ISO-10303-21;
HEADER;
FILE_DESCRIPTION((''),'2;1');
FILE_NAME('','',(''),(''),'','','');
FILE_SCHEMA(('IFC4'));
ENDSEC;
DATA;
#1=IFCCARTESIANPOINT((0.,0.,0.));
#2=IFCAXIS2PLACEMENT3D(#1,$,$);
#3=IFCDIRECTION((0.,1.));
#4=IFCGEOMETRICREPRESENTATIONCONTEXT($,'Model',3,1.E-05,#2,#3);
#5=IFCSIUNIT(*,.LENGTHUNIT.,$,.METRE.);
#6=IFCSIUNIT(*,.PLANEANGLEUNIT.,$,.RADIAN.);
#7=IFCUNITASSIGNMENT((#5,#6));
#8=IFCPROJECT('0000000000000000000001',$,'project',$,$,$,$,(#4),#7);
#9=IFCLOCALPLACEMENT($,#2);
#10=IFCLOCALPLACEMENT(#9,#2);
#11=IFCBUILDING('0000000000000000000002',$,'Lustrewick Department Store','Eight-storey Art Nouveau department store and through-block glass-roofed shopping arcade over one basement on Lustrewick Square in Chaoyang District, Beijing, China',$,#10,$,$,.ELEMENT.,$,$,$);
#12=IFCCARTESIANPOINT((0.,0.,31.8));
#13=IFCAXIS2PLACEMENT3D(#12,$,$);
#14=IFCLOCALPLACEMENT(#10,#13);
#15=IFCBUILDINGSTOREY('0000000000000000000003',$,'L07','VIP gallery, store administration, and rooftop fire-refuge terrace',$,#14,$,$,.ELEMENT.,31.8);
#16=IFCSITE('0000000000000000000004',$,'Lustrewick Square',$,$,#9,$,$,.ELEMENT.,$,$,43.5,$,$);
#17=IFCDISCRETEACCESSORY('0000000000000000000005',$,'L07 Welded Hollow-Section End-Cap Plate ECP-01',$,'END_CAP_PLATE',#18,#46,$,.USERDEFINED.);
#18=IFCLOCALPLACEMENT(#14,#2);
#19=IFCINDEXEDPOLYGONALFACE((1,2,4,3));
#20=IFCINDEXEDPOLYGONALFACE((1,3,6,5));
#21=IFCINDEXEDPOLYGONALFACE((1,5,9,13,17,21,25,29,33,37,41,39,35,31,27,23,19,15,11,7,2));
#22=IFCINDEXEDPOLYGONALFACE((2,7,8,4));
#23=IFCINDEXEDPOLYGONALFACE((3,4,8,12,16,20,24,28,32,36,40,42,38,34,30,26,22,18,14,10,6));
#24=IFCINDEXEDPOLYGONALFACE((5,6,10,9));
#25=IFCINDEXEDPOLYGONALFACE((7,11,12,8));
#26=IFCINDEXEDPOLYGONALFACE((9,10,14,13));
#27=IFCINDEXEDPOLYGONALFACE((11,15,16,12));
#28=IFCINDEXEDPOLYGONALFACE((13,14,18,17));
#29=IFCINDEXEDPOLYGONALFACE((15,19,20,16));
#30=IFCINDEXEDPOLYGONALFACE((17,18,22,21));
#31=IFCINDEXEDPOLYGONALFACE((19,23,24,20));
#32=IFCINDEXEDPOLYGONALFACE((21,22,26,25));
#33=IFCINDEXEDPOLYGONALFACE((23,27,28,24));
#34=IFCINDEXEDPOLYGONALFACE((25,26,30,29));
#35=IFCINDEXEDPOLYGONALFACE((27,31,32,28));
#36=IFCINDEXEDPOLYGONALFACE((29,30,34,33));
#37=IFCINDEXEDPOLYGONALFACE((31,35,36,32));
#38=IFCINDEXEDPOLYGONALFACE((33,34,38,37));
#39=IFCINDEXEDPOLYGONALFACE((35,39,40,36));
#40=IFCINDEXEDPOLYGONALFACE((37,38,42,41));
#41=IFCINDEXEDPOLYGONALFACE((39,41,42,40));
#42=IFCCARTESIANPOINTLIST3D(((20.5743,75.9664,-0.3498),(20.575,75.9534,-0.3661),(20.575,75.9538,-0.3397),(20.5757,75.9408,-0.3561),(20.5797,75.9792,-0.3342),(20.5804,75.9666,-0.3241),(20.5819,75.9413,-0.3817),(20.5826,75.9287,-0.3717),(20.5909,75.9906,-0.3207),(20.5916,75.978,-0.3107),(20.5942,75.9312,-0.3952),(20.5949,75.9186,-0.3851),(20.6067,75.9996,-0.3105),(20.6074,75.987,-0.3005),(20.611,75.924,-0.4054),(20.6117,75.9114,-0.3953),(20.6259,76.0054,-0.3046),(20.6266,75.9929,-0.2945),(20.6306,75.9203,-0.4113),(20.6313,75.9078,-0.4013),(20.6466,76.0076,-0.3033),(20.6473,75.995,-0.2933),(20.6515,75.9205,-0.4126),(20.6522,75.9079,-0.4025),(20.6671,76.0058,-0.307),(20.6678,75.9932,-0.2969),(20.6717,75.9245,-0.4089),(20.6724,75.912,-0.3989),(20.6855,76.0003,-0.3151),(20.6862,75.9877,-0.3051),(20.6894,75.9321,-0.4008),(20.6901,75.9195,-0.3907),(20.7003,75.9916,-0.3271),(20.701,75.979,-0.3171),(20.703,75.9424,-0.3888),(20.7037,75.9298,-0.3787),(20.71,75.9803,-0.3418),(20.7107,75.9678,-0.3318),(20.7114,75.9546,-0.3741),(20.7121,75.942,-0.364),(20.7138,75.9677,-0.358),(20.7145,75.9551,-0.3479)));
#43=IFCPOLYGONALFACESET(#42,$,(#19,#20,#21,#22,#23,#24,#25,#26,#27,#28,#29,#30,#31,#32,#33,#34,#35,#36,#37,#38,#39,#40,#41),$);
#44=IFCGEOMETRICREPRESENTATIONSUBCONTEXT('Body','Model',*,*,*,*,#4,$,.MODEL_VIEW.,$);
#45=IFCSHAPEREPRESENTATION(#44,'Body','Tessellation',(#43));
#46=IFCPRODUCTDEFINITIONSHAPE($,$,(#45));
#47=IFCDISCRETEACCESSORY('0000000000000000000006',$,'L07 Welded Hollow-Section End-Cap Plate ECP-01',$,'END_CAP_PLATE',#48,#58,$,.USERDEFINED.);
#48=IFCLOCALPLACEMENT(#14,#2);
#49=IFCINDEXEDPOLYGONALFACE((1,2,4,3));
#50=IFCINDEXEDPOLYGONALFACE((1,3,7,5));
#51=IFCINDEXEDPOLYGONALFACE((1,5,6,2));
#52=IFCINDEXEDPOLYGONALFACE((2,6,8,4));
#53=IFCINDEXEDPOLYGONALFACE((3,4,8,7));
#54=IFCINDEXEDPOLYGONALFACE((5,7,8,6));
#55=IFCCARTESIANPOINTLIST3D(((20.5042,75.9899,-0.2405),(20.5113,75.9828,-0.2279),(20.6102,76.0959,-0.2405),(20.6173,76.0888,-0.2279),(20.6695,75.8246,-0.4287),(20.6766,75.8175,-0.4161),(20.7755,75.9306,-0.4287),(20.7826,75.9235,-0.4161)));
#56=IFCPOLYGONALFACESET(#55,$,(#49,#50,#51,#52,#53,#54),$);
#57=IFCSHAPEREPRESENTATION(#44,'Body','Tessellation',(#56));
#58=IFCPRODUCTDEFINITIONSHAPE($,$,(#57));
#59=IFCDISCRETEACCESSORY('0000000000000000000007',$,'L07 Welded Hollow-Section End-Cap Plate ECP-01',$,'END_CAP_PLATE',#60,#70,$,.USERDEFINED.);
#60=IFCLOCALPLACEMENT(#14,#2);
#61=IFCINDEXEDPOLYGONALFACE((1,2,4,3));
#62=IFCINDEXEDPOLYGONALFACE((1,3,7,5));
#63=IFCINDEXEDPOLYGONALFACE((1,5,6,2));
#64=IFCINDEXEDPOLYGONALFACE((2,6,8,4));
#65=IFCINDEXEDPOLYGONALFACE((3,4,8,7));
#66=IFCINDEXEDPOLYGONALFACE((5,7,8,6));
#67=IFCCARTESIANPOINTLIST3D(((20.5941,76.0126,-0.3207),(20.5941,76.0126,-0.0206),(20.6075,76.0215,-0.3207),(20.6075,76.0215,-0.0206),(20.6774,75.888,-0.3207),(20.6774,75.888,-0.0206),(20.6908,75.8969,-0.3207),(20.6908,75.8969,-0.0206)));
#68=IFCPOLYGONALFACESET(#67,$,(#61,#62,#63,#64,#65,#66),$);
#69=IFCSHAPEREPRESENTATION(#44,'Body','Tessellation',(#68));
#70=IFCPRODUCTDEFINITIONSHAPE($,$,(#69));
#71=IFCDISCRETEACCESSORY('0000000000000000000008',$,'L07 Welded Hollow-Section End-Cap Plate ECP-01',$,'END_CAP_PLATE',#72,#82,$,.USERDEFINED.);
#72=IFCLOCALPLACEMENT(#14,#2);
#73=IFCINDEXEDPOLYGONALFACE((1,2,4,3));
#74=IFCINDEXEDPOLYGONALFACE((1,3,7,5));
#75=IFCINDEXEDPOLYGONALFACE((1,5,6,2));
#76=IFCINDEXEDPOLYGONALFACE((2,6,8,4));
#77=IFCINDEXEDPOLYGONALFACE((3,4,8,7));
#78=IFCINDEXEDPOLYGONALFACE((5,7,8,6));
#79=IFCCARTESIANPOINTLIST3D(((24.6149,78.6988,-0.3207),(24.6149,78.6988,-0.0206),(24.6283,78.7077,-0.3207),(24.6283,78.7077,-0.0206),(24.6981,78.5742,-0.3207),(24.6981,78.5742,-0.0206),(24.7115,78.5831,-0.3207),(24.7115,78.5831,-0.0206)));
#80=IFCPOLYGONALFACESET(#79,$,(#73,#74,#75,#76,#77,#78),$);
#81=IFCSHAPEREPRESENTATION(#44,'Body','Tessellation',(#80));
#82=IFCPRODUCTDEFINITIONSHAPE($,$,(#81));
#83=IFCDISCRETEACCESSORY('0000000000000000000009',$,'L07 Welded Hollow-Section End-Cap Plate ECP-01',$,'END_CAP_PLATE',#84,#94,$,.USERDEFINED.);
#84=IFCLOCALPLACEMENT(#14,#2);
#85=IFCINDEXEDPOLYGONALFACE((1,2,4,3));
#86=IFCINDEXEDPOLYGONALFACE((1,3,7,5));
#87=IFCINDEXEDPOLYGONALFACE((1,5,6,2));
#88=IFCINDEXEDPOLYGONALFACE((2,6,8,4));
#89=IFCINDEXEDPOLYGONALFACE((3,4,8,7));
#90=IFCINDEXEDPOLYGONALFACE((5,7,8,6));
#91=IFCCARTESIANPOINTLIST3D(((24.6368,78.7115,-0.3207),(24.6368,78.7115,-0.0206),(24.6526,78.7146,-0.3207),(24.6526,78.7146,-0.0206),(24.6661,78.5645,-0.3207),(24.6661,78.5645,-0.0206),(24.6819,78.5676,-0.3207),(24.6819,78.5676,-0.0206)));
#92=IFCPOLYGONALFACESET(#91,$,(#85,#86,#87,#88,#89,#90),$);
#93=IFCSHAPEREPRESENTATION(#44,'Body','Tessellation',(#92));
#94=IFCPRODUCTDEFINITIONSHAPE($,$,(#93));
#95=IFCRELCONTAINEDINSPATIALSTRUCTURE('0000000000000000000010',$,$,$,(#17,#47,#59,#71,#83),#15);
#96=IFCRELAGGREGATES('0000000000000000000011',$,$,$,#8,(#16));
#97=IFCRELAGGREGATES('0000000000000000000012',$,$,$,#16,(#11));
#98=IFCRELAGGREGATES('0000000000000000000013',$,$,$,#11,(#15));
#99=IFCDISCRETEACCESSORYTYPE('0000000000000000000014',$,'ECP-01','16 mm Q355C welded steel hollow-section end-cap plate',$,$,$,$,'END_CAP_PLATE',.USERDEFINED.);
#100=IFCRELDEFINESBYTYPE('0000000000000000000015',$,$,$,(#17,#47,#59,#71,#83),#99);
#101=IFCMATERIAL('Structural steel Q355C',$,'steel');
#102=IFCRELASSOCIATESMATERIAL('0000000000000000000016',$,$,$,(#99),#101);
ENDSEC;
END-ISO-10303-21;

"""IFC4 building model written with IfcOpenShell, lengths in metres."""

from ifc_helpers import new_model, si_unit, direction, frame, origin, origin_2d, place, context, subcontext, project, spatial, rectangle, circle, extrude, material, type_object, element, save


model = new_model("IFC4")

# Units and contexts
model_context = context("Model", 3, precision=1e-05, world=origin(), true_north=direction((0.0, 1.0)))
body_context = subcontext(model_context, "Body", "Model", "MODEL_VIEW")
ifc_project = project(units=[si_unit("LENGTHUNIT", "METRE"), si_unit("PLANEANGLEUNIT", "RADIAN")], contexts=[model_context])

# Site, building, storey
site_placement = place(None, origin())
site = spatial("IfcSite", under=ifc_project, at=site_placement, Name="Lustrewick Square", CompositionType="ELEMENT", RefElevation=43.5)
building_placement = place(site_placement, origin())
building = spatial("IfcBuilding", under=site, at=building_placement, Name="Lustrewick Department Store", Description="Eight-storey Art Nouveau department store and through-block glass-roofed shopping arcade over one basement on Lustrewick Square in Chaoyang District, Beijing, China", CompositionType="ELEMENT")
storey_placement = place(building_placement, frame((0.0, 0.0, 31.8)))
storey = spatial("IfcBuildingStorey", under=building, at=storey_placement, Name="L07", Description="VIP gallery, store administration, and rooftop fire-refuge terrace", CompositionType="ELEMENT", Elevation=31.8)

# Shared definitions
ifc_material_1 = material(Name="Structural steel Q355C", Category="steel")

# Discrete accessories
discrete_accessory_type_1 = type_object("IfcDiscreteAccessoryType", Name="ECP-01", Description="16 mm Q355C welded steel hollow-section end-cap plate", ElementType="END_CAP_PLATE", PredefinedType="USERDEFINED", material=ifc_material_1)
discrete_accessory_1_placement = place(storey_placement, frame((20.6445, 75.9512, -0.3479), z_axis=(-0.043578, 0.780336, -0.623841), x_axis=(0.998444, 0.055758, 0.0)))
element("IfcDiscreteAccessory", 1, at=discrete_accessory_1_placement, inside=storey, type_object=discrete_accessory_type_1, Name="L07 Welded Hollow-Section End-Cap Plate ECP-01", ObjectType="END_CAP_PLATE", PredefinedType="USERDEFINED", context=body_context, shape_type="SweptSolid", body=[
    extrude(circle(Radius=0.0701, at=origin_2d()), origin(), (0.0, 0.0, 1.0), 0.0161),
])
for number, where, z_axis, x_axis, name in (
    (2, (20.647, 75.9531, -0.322), (-0.44345, 0.44345, -0.778912), (0.707107, 0.707107, 0.0), "L07 Welded Hollow-Section End-Cap Plate ECP-01"),
    (3, (20.6492, 75.9592, -0.1707), (-0.831475, -0.555563, 0.0), (0.555563, -0.831475, 0.0), "L07 Welded Hollow-Section End-Cap Plate ECP-01"),
    (4, (24.6565, 78.6365, -0.1707), (0.831475, 0.555563, 0.0), (0.555563, -0.831475, 0.0), "L07 Welded Hollow-Section End-Cap Plate ECP-01"),
    (5, (24.6672, 78.6411, -0.1707), (-0.980782, -0.195105, 0.0), (0.195105, -0.980782, 0.0), "L07 Welded Hollow-Section End-Cap Plate ECP-01"),
):
    element("IfcDiscreteAccessory", number, at=place(storey_placement, frame(where, z_axis=z_axis, x_axis=x_axis)), inside=storey, type_object=discrete_accessory_type_1, Name=name, ObjectType="END_CAP_PLATE", PredefinedType="USERDEFINED", context=body_context, shape_type="SweptSolid", body=[
        extrude(rectangle(XDim=0.1499, YDim=0.3, at=origin_2d()), origin(), (0.0, 0.0, 1.0), 0.0161),
    ])

save(model, "model.ifc")
